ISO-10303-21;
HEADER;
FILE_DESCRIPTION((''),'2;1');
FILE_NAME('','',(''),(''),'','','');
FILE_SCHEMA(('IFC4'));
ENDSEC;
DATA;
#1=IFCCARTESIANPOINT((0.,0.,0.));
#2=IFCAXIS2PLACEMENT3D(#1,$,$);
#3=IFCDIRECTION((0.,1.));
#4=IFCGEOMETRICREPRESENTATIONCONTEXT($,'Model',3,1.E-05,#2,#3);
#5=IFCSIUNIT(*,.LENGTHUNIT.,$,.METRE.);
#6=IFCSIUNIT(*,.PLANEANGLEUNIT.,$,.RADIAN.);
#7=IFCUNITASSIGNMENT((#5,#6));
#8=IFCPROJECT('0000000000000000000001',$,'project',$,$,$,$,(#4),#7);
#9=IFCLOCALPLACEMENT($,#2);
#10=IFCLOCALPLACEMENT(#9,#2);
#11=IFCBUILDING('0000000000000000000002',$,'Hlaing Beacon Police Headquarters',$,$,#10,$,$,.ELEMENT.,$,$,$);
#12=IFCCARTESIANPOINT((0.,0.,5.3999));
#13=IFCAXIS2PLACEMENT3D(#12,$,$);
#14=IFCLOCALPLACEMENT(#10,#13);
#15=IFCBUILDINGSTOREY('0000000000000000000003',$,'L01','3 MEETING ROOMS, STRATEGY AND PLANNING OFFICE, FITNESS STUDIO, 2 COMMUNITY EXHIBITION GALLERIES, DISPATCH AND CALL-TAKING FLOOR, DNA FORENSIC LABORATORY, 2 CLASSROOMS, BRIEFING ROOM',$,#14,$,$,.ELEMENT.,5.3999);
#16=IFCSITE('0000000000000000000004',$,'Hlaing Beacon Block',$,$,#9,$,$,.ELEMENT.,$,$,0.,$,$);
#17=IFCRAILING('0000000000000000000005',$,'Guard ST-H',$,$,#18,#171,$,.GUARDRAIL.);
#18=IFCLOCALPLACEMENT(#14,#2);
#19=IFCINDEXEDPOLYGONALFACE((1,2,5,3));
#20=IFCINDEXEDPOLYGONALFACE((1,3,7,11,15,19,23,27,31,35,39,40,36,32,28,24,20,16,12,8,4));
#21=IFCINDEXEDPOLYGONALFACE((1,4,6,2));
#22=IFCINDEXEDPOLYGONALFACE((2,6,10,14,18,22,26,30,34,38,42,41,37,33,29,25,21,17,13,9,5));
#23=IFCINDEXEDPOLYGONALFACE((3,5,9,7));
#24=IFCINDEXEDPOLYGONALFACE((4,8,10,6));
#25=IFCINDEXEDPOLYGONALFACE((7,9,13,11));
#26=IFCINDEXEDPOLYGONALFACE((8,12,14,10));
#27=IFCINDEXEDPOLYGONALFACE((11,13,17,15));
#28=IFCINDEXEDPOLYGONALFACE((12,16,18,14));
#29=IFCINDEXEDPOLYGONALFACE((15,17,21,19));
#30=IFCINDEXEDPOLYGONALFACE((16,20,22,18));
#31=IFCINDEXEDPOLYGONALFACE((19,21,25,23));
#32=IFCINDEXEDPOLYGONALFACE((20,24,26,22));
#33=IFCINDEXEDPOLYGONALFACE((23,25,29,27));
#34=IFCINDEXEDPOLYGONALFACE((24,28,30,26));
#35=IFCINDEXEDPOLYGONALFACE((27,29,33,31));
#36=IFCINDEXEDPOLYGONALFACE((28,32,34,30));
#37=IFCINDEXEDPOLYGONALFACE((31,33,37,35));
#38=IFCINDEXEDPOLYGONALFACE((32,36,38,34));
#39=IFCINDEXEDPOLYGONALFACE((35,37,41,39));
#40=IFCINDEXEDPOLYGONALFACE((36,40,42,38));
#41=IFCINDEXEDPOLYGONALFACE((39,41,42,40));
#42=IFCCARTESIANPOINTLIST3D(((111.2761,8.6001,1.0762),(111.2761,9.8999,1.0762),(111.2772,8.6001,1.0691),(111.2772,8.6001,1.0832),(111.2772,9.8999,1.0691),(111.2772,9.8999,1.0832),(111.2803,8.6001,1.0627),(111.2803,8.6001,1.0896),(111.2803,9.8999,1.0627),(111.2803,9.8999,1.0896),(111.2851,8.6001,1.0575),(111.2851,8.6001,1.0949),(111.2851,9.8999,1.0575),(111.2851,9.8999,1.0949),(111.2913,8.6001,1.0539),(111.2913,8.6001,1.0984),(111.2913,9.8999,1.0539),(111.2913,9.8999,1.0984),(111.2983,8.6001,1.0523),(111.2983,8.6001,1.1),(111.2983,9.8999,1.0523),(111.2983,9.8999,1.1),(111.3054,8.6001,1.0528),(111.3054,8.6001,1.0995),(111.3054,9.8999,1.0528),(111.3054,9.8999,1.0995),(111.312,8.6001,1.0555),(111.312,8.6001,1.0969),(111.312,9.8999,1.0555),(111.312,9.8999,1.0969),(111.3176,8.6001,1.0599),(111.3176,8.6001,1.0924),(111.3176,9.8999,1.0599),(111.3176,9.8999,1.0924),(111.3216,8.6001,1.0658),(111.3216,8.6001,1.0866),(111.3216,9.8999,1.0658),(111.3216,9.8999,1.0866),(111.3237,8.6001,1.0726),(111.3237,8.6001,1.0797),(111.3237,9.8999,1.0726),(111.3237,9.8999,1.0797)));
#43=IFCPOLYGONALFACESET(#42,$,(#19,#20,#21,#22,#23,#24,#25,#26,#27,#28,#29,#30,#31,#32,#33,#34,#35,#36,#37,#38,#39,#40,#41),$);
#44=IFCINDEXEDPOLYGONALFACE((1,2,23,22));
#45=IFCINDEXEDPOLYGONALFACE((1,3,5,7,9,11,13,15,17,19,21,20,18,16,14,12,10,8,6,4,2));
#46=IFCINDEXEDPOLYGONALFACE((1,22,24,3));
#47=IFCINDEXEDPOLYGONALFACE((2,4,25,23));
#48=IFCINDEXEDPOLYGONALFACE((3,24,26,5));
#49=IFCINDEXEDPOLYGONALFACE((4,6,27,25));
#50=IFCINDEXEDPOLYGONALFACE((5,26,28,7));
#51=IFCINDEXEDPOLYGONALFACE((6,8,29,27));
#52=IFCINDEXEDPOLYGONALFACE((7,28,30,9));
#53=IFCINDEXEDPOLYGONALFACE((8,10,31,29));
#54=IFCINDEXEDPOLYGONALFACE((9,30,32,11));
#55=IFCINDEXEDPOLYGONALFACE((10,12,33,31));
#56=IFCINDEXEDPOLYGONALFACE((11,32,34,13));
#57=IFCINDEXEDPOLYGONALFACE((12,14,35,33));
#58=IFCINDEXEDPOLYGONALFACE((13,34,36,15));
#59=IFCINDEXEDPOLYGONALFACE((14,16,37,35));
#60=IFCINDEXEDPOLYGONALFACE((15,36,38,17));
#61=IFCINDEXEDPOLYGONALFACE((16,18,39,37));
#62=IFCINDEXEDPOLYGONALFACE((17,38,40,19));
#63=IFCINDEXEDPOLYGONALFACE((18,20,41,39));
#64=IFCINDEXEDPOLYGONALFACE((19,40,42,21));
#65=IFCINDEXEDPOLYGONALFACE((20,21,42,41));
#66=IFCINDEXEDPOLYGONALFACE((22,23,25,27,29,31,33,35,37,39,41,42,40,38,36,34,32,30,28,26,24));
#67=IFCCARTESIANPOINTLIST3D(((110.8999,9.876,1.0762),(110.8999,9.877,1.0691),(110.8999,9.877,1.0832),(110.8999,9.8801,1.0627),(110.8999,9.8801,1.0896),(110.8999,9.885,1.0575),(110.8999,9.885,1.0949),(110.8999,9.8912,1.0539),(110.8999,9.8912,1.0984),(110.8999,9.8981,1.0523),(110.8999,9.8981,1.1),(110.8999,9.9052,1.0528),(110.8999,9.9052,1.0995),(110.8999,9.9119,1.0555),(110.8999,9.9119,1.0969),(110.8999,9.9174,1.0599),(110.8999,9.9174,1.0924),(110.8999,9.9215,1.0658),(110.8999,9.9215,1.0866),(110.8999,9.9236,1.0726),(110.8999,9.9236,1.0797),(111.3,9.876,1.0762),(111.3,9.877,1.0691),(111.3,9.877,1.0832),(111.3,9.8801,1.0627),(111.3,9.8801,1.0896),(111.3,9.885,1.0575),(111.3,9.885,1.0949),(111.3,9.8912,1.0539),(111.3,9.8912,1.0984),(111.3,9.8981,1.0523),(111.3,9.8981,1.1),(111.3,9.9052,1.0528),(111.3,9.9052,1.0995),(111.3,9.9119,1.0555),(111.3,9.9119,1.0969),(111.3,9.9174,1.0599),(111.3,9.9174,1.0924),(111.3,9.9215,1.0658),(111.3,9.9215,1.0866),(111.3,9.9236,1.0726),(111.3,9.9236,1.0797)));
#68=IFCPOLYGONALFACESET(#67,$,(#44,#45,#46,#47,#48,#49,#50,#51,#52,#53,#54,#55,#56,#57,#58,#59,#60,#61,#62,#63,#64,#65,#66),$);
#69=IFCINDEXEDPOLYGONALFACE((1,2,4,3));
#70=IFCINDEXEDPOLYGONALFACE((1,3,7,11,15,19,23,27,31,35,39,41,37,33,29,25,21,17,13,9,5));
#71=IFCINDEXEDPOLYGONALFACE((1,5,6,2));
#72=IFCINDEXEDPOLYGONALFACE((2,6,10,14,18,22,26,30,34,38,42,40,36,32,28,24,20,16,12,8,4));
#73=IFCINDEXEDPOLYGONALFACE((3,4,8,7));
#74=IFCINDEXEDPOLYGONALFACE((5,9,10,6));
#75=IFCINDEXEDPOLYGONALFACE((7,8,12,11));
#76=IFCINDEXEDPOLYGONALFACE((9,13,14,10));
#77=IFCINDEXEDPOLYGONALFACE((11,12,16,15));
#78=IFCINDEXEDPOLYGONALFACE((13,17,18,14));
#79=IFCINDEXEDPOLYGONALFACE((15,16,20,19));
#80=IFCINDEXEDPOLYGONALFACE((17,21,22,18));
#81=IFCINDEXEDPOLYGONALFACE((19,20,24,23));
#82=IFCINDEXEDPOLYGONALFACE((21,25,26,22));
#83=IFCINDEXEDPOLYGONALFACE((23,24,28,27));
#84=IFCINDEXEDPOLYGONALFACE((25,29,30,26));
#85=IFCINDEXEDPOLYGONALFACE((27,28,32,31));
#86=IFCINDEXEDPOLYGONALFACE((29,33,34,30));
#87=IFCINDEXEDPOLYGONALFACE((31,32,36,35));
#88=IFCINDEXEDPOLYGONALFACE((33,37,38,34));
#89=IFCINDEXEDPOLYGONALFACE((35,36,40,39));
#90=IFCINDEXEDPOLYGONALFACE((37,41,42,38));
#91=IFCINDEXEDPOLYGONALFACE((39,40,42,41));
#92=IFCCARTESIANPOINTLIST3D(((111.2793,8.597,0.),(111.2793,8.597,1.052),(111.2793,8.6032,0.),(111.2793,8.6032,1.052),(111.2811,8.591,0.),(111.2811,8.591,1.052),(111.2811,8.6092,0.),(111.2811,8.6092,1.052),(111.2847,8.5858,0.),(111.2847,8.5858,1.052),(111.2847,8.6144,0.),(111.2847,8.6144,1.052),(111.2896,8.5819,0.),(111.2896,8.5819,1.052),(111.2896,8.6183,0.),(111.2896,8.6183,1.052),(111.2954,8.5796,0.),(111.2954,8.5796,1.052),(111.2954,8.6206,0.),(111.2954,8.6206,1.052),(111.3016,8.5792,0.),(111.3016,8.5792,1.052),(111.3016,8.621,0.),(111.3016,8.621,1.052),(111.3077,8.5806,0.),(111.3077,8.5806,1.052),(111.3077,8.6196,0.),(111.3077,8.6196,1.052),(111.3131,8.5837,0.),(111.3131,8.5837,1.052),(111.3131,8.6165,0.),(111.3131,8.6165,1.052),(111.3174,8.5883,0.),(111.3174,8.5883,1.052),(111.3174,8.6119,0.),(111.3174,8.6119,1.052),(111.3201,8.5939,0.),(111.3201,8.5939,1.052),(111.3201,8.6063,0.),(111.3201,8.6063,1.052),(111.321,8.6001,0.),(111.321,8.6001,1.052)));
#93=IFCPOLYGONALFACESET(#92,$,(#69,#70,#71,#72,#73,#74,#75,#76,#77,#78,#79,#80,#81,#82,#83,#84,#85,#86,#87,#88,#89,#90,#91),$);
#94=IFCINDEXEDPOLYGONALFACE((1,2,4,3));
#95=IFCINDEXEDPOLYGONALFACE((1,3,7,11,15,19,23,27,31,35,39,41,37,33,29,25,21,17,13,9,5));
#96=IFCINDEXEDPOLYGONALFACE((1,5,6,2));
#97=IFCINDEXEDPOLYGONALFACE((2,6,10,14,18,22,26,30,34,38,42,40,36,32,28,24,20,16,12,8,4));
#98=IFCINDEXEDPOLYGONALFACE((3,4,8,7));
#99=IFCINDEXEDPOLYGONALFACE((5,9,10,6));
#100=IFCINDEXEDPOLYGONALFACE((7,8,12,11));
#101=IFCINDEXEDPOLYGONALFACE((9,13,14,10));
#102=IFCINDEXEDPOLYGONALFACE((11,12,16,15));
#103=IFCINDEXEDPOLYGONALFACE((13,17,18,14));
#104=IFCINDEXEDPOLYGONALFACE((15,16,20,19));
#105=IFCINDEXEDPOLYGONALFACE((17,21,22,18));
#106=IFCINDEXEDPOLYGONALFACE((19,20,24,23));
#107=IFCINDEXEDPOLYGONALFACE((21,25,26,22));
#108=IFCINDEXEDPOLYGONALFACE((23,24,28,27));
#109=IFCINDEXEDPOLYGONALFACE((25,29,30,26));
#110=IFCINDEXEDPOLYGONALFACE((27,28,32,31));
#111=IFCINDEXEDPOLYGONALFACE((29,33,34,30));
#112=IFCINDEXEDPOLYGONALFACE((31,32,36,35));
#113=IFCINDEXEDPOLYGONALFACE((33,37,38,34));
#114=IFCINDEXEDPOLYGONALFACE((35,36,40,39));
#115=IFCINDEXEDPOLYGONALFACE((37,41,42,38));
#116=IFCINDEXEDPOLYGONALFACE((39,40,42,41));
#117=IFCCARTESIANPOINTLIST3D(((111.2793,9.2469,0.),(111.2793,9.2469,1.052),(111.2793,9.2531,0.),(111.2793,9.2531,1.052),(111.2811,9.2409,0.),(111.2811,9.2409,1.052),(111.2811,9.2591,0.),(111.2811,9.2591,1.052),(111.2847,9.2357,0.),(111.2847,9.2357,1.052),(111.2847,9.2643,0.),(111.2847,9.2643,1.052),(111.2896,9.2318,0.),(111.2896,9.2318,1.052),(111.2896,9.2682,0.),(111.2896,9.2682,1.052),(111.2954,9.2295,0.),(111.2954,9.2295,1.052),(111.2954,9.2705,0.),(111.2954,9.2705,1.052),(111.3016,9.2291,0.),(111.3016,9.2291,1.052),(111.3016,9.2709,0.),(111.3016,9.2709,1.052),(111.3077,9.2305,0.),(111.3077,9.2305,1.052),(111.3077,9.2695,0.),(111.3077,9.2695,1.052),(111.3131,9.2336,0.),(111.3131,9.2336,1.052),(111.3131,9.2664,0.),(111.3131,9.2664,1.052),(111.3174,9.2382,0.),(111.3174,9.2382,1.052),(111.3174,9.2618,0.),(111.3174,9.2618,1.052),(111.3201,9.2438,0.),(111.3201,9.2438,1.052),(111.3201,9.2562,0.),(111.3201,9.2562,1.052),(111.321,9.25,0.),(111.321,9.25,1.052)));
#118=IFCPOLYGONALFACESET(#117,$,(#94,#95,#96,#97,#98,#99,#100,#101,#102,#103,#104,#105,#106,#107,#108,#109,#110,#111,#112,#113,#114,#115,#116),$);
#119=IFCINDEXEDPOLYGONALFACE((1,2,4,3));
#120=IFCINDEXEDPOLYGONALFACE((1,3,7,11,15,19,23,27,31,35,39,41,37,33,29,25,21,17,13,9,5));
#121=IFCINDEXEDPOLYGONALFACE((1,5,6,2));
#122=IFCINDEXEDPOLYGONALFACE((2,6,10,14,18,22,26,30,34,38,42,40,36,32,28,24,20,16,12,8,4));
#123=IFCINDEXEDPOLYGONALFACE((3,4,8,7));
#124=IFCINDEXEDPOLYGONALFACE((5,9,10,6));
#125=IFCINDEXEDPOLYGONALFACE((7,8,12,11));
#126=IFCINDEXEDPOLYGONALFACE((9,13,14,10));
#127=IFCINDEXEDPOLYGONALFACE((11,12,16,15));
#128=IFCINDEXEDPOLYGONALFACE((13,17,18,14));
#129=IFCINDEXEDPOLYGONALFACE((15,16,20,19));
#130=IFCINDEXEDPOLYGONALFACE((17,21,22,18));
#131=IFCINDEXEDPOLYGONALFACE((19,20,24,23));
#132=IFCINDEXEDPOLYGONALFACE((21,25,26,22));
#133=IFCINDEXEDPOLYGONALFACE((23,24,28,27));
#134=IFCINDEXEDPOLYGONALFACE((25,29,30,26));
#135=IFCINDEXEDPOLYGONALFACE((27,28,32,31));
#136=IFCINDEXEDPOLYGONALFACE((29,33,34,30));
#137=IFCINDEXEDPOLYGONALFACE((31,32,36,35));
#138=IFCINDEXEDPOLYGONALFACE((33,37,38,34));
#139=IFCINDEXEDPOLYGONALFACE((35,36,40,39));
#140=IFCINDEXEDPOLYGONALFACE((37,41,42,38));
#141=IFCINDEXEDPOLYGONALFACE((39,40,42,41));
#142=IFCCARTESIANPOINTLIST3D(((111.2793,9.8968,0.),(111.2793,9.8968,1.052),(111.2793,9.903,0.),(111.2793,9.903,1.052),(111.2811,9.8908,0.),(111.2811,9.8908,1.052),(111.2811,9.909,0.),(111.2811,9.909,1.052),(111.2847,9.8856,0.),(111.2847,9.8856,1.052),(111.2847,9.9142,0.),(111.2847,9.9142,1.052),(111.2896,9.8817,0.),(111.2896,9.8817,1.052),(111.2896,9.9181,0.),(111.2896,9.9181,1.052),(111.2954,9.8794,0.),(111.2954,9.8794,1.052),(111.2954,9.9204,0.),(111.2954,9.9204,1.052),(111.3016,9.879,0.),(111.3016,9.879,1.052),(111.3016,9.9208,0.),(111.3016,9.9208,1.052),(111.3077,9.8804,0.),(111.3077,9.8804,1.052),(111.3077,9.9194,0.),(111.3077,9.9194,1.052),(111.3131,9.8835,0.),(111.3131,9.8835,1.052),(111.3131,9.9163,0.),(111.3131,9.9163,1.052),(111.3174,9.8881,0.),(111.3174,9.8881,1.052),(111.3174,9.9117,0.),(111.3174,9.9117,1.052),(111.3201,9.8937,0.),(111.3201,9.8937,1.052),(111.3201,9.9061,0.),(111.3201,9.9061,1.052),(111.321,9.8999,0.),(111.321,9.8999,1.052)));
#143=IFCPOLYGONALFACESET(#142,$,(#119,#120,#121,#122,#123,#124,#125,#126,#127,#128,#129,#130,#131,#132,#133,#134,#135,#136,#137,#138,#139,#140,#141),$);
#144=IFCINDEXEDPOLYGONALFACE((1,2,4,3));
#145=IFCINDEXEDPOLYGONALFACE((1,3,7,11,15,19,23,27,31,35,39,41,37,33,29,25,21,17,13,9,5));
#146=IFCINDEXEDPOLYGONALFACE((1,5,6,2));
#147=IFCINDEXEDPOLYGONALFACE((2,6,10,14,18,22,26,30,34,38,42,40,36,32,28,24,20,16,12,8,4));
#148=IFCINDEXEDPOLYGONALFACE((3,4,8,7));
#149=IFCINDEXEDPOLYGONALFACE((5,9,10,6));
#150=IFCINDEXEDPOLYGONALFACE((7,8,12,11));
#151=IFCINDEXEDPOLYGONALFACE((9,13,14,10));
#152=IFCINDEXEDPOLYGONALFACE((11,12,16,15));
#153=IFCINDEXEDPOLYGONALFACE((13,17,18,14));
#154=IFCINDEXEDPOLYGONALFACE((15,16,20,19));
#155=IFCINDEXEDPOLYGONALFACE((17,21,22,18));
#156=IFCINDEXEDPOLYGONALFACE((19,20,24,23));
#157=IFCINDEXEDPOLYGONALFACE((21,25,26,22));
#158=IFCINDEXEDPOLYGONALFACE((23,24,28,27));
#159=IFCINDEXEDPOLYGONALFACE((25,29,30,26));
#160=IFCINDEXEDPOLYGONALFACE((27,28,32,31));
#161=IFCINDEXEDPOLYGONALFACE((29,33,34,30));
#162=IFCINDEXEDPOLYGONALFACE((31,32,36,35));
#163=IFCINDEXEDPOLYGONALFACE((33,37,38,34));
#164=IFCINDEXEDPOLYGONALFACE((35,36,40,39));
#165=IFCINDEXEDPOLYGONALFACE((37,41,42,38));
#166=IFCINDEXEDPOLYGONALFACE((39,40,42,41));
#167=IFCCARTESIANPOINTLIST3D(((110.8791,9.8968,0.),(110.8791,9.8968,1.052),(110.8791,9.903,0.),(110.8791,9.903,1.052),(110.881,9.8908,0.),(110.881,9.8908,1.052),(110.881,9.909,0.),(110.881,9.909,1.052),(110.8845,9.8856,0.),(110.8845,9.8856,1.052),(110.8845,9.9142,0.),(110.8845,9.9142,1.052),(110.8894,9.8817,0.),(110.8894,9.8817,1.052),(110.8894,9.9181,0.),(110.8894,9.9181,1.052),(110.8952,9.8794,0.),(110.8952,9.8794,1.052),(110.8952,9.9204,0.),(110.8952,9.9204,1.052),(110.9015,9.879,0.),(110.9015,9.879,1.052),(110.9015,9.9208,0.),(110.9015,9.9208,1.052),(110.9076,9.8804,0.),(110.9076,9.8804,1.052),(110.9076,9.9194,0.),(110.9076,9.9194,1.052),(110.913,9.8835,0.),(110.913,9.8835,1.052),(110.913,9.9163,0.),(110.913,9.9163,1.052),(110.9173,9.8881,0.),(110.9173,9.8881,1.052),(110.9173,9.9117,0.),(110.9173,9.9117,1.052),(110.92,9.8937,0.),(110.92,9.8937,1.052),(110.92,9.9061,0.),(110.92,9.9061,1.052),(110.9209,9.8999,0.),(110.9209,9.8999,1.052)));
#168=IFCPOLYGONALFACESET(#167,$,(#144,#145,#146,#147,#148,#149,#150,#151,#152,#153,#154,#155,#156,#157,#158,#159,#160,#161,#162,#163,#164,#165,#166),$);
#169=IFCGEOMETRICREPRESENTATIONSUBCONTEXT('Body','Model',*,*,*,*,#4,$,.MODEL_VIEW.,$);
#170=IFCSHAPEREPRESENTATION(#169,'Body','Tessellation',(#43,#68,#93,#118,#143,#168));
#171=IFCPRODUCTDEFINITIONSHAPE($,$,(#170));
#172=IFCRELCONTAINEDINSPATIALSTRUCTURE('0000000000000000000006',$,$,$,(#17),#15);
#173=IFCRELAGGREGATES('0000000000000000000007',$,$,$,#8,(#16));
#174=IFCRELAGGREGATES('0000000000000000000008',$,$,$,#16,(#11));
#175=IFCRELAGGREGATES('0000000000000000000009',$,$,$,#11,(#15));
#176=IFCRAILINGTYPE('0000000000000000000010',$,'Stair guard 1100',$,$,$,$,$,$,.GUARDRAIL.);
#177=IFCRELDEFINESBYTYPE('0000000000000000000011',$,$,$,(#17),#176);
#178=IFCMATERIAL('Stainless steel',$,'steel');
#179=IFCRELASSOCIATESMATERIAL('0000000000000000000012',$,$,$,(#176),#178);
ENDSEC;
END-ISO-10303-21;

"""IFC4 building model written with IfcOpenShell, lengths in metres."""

from ifc_helpers import new_model, si_unit, direction, frame, origin, origin_2d, place, context, subcontext, project, spatial, circle, extrude, material, type_object, element, save


model = new_model("IFC4")

# Units and contexts
model_context = context("Model", 3, precision=1e-05, world=origin(), true_north=direction((0.0, 1.0)))
body_context = subcontext(model_context, "Body", "Model", "MODEL_VIEW")
ifc_project = project(units=[si_unit("LENGTHUNIT", "METRE"), si_unit("PLANEANGLEUNIT", "RADIAN")], contexts=[model_context])

# Site, building, storey
site_placement = place(None, origin())
site = spatial("IfcSite", under=ifc_project, at=site_placement, Name="Hlaing Beacon Block", CompositionType="ELEMENT", RefElevation=0.0)
building_placement = place(site_placement, origin())
building = spatial("IfcBuilding", under=site, at=building_placement, Name="Hlaing Beacon Police Headquarters", CompositionType="ELEMENT")
storey_placement = place(building_placement, frame((0.0, 0.0, 5.3999)))
storey = spatial("IfcBuildingStorey", under=building, at=storey_placement, Name="L01", Description="3 MEETING ROOMS, STRATEGY AND PLANNING OFFICE, FITNESS STUDIO, 2 COMMUNITY EXHIBITION GALLERIES, DISPATCH AND CALL-TAKING FLOOR, DNA FORENSIC LABORATORY, 2 CLASSROOMS, BRIEFING ROOM", CompositionType="ELEMENT", Elevation=5.3999)

# Railing
ifc_material_1 = material(Name="Stainless steel", Category="steel")
railing_type_1 = type_object("IfcRailingType", Name="Stair guard 1100", PredefinedType="GUARDRAIL", material=ifc_material_1)
railing_1_placement = place(storey_placement, frame((111.3, 8.6001, 0.0)))
element("IfcRailing", 1, at=railing_1_placement, inside=storey, type_object=railing_type_1, Name="Guard ST-H", PredefinedType="GUARDRAIL", context=body_context, shape_type="SweptSolid", body=[
    extrude(circle(Radius=0.0239, at=origin_2d()), frame((0.0, 0.0, 1.0762), z_axis=(0.0, 1.0, 0.0), x_axis=(-1.0, 0.0, 0.0)), (0.0, 0.0, 1.0), 1.2998),
    extrude(circle(Radius=0.0239, at=origin_2d()), frame((0.0, 1.2998, 1.0762), z_axis=(-1.0, 0.0, 0.0), x_axis=(0.0, -1.0, 0.0)), (0.0, 0.0, 1.0), 0.4001),
    extrude(circle(Radius=0.021, at=origin_2d()), origin(), (0.0, 0.0, 1.0), 1.052),
    extrude(circle(Radius=0.021, at=origin_2d()), frame((0.0, 0.6499, 0.0)), (0.0, 0.0, 1.0), 1.052),
    extrude(circle(Radius=0.021, at=origin_2d()), frame((0.0, 1.2998, 0.0)), (0.0, 0.0, 1.0), 1.052),
    extrude(circle(Radius=0.021, at=origin_2d()), frame((-0.4001, 1.2998, 0.0)), (0.0, 0.0, 1.0), 1.052),
])

save(model, "model.ifc")
